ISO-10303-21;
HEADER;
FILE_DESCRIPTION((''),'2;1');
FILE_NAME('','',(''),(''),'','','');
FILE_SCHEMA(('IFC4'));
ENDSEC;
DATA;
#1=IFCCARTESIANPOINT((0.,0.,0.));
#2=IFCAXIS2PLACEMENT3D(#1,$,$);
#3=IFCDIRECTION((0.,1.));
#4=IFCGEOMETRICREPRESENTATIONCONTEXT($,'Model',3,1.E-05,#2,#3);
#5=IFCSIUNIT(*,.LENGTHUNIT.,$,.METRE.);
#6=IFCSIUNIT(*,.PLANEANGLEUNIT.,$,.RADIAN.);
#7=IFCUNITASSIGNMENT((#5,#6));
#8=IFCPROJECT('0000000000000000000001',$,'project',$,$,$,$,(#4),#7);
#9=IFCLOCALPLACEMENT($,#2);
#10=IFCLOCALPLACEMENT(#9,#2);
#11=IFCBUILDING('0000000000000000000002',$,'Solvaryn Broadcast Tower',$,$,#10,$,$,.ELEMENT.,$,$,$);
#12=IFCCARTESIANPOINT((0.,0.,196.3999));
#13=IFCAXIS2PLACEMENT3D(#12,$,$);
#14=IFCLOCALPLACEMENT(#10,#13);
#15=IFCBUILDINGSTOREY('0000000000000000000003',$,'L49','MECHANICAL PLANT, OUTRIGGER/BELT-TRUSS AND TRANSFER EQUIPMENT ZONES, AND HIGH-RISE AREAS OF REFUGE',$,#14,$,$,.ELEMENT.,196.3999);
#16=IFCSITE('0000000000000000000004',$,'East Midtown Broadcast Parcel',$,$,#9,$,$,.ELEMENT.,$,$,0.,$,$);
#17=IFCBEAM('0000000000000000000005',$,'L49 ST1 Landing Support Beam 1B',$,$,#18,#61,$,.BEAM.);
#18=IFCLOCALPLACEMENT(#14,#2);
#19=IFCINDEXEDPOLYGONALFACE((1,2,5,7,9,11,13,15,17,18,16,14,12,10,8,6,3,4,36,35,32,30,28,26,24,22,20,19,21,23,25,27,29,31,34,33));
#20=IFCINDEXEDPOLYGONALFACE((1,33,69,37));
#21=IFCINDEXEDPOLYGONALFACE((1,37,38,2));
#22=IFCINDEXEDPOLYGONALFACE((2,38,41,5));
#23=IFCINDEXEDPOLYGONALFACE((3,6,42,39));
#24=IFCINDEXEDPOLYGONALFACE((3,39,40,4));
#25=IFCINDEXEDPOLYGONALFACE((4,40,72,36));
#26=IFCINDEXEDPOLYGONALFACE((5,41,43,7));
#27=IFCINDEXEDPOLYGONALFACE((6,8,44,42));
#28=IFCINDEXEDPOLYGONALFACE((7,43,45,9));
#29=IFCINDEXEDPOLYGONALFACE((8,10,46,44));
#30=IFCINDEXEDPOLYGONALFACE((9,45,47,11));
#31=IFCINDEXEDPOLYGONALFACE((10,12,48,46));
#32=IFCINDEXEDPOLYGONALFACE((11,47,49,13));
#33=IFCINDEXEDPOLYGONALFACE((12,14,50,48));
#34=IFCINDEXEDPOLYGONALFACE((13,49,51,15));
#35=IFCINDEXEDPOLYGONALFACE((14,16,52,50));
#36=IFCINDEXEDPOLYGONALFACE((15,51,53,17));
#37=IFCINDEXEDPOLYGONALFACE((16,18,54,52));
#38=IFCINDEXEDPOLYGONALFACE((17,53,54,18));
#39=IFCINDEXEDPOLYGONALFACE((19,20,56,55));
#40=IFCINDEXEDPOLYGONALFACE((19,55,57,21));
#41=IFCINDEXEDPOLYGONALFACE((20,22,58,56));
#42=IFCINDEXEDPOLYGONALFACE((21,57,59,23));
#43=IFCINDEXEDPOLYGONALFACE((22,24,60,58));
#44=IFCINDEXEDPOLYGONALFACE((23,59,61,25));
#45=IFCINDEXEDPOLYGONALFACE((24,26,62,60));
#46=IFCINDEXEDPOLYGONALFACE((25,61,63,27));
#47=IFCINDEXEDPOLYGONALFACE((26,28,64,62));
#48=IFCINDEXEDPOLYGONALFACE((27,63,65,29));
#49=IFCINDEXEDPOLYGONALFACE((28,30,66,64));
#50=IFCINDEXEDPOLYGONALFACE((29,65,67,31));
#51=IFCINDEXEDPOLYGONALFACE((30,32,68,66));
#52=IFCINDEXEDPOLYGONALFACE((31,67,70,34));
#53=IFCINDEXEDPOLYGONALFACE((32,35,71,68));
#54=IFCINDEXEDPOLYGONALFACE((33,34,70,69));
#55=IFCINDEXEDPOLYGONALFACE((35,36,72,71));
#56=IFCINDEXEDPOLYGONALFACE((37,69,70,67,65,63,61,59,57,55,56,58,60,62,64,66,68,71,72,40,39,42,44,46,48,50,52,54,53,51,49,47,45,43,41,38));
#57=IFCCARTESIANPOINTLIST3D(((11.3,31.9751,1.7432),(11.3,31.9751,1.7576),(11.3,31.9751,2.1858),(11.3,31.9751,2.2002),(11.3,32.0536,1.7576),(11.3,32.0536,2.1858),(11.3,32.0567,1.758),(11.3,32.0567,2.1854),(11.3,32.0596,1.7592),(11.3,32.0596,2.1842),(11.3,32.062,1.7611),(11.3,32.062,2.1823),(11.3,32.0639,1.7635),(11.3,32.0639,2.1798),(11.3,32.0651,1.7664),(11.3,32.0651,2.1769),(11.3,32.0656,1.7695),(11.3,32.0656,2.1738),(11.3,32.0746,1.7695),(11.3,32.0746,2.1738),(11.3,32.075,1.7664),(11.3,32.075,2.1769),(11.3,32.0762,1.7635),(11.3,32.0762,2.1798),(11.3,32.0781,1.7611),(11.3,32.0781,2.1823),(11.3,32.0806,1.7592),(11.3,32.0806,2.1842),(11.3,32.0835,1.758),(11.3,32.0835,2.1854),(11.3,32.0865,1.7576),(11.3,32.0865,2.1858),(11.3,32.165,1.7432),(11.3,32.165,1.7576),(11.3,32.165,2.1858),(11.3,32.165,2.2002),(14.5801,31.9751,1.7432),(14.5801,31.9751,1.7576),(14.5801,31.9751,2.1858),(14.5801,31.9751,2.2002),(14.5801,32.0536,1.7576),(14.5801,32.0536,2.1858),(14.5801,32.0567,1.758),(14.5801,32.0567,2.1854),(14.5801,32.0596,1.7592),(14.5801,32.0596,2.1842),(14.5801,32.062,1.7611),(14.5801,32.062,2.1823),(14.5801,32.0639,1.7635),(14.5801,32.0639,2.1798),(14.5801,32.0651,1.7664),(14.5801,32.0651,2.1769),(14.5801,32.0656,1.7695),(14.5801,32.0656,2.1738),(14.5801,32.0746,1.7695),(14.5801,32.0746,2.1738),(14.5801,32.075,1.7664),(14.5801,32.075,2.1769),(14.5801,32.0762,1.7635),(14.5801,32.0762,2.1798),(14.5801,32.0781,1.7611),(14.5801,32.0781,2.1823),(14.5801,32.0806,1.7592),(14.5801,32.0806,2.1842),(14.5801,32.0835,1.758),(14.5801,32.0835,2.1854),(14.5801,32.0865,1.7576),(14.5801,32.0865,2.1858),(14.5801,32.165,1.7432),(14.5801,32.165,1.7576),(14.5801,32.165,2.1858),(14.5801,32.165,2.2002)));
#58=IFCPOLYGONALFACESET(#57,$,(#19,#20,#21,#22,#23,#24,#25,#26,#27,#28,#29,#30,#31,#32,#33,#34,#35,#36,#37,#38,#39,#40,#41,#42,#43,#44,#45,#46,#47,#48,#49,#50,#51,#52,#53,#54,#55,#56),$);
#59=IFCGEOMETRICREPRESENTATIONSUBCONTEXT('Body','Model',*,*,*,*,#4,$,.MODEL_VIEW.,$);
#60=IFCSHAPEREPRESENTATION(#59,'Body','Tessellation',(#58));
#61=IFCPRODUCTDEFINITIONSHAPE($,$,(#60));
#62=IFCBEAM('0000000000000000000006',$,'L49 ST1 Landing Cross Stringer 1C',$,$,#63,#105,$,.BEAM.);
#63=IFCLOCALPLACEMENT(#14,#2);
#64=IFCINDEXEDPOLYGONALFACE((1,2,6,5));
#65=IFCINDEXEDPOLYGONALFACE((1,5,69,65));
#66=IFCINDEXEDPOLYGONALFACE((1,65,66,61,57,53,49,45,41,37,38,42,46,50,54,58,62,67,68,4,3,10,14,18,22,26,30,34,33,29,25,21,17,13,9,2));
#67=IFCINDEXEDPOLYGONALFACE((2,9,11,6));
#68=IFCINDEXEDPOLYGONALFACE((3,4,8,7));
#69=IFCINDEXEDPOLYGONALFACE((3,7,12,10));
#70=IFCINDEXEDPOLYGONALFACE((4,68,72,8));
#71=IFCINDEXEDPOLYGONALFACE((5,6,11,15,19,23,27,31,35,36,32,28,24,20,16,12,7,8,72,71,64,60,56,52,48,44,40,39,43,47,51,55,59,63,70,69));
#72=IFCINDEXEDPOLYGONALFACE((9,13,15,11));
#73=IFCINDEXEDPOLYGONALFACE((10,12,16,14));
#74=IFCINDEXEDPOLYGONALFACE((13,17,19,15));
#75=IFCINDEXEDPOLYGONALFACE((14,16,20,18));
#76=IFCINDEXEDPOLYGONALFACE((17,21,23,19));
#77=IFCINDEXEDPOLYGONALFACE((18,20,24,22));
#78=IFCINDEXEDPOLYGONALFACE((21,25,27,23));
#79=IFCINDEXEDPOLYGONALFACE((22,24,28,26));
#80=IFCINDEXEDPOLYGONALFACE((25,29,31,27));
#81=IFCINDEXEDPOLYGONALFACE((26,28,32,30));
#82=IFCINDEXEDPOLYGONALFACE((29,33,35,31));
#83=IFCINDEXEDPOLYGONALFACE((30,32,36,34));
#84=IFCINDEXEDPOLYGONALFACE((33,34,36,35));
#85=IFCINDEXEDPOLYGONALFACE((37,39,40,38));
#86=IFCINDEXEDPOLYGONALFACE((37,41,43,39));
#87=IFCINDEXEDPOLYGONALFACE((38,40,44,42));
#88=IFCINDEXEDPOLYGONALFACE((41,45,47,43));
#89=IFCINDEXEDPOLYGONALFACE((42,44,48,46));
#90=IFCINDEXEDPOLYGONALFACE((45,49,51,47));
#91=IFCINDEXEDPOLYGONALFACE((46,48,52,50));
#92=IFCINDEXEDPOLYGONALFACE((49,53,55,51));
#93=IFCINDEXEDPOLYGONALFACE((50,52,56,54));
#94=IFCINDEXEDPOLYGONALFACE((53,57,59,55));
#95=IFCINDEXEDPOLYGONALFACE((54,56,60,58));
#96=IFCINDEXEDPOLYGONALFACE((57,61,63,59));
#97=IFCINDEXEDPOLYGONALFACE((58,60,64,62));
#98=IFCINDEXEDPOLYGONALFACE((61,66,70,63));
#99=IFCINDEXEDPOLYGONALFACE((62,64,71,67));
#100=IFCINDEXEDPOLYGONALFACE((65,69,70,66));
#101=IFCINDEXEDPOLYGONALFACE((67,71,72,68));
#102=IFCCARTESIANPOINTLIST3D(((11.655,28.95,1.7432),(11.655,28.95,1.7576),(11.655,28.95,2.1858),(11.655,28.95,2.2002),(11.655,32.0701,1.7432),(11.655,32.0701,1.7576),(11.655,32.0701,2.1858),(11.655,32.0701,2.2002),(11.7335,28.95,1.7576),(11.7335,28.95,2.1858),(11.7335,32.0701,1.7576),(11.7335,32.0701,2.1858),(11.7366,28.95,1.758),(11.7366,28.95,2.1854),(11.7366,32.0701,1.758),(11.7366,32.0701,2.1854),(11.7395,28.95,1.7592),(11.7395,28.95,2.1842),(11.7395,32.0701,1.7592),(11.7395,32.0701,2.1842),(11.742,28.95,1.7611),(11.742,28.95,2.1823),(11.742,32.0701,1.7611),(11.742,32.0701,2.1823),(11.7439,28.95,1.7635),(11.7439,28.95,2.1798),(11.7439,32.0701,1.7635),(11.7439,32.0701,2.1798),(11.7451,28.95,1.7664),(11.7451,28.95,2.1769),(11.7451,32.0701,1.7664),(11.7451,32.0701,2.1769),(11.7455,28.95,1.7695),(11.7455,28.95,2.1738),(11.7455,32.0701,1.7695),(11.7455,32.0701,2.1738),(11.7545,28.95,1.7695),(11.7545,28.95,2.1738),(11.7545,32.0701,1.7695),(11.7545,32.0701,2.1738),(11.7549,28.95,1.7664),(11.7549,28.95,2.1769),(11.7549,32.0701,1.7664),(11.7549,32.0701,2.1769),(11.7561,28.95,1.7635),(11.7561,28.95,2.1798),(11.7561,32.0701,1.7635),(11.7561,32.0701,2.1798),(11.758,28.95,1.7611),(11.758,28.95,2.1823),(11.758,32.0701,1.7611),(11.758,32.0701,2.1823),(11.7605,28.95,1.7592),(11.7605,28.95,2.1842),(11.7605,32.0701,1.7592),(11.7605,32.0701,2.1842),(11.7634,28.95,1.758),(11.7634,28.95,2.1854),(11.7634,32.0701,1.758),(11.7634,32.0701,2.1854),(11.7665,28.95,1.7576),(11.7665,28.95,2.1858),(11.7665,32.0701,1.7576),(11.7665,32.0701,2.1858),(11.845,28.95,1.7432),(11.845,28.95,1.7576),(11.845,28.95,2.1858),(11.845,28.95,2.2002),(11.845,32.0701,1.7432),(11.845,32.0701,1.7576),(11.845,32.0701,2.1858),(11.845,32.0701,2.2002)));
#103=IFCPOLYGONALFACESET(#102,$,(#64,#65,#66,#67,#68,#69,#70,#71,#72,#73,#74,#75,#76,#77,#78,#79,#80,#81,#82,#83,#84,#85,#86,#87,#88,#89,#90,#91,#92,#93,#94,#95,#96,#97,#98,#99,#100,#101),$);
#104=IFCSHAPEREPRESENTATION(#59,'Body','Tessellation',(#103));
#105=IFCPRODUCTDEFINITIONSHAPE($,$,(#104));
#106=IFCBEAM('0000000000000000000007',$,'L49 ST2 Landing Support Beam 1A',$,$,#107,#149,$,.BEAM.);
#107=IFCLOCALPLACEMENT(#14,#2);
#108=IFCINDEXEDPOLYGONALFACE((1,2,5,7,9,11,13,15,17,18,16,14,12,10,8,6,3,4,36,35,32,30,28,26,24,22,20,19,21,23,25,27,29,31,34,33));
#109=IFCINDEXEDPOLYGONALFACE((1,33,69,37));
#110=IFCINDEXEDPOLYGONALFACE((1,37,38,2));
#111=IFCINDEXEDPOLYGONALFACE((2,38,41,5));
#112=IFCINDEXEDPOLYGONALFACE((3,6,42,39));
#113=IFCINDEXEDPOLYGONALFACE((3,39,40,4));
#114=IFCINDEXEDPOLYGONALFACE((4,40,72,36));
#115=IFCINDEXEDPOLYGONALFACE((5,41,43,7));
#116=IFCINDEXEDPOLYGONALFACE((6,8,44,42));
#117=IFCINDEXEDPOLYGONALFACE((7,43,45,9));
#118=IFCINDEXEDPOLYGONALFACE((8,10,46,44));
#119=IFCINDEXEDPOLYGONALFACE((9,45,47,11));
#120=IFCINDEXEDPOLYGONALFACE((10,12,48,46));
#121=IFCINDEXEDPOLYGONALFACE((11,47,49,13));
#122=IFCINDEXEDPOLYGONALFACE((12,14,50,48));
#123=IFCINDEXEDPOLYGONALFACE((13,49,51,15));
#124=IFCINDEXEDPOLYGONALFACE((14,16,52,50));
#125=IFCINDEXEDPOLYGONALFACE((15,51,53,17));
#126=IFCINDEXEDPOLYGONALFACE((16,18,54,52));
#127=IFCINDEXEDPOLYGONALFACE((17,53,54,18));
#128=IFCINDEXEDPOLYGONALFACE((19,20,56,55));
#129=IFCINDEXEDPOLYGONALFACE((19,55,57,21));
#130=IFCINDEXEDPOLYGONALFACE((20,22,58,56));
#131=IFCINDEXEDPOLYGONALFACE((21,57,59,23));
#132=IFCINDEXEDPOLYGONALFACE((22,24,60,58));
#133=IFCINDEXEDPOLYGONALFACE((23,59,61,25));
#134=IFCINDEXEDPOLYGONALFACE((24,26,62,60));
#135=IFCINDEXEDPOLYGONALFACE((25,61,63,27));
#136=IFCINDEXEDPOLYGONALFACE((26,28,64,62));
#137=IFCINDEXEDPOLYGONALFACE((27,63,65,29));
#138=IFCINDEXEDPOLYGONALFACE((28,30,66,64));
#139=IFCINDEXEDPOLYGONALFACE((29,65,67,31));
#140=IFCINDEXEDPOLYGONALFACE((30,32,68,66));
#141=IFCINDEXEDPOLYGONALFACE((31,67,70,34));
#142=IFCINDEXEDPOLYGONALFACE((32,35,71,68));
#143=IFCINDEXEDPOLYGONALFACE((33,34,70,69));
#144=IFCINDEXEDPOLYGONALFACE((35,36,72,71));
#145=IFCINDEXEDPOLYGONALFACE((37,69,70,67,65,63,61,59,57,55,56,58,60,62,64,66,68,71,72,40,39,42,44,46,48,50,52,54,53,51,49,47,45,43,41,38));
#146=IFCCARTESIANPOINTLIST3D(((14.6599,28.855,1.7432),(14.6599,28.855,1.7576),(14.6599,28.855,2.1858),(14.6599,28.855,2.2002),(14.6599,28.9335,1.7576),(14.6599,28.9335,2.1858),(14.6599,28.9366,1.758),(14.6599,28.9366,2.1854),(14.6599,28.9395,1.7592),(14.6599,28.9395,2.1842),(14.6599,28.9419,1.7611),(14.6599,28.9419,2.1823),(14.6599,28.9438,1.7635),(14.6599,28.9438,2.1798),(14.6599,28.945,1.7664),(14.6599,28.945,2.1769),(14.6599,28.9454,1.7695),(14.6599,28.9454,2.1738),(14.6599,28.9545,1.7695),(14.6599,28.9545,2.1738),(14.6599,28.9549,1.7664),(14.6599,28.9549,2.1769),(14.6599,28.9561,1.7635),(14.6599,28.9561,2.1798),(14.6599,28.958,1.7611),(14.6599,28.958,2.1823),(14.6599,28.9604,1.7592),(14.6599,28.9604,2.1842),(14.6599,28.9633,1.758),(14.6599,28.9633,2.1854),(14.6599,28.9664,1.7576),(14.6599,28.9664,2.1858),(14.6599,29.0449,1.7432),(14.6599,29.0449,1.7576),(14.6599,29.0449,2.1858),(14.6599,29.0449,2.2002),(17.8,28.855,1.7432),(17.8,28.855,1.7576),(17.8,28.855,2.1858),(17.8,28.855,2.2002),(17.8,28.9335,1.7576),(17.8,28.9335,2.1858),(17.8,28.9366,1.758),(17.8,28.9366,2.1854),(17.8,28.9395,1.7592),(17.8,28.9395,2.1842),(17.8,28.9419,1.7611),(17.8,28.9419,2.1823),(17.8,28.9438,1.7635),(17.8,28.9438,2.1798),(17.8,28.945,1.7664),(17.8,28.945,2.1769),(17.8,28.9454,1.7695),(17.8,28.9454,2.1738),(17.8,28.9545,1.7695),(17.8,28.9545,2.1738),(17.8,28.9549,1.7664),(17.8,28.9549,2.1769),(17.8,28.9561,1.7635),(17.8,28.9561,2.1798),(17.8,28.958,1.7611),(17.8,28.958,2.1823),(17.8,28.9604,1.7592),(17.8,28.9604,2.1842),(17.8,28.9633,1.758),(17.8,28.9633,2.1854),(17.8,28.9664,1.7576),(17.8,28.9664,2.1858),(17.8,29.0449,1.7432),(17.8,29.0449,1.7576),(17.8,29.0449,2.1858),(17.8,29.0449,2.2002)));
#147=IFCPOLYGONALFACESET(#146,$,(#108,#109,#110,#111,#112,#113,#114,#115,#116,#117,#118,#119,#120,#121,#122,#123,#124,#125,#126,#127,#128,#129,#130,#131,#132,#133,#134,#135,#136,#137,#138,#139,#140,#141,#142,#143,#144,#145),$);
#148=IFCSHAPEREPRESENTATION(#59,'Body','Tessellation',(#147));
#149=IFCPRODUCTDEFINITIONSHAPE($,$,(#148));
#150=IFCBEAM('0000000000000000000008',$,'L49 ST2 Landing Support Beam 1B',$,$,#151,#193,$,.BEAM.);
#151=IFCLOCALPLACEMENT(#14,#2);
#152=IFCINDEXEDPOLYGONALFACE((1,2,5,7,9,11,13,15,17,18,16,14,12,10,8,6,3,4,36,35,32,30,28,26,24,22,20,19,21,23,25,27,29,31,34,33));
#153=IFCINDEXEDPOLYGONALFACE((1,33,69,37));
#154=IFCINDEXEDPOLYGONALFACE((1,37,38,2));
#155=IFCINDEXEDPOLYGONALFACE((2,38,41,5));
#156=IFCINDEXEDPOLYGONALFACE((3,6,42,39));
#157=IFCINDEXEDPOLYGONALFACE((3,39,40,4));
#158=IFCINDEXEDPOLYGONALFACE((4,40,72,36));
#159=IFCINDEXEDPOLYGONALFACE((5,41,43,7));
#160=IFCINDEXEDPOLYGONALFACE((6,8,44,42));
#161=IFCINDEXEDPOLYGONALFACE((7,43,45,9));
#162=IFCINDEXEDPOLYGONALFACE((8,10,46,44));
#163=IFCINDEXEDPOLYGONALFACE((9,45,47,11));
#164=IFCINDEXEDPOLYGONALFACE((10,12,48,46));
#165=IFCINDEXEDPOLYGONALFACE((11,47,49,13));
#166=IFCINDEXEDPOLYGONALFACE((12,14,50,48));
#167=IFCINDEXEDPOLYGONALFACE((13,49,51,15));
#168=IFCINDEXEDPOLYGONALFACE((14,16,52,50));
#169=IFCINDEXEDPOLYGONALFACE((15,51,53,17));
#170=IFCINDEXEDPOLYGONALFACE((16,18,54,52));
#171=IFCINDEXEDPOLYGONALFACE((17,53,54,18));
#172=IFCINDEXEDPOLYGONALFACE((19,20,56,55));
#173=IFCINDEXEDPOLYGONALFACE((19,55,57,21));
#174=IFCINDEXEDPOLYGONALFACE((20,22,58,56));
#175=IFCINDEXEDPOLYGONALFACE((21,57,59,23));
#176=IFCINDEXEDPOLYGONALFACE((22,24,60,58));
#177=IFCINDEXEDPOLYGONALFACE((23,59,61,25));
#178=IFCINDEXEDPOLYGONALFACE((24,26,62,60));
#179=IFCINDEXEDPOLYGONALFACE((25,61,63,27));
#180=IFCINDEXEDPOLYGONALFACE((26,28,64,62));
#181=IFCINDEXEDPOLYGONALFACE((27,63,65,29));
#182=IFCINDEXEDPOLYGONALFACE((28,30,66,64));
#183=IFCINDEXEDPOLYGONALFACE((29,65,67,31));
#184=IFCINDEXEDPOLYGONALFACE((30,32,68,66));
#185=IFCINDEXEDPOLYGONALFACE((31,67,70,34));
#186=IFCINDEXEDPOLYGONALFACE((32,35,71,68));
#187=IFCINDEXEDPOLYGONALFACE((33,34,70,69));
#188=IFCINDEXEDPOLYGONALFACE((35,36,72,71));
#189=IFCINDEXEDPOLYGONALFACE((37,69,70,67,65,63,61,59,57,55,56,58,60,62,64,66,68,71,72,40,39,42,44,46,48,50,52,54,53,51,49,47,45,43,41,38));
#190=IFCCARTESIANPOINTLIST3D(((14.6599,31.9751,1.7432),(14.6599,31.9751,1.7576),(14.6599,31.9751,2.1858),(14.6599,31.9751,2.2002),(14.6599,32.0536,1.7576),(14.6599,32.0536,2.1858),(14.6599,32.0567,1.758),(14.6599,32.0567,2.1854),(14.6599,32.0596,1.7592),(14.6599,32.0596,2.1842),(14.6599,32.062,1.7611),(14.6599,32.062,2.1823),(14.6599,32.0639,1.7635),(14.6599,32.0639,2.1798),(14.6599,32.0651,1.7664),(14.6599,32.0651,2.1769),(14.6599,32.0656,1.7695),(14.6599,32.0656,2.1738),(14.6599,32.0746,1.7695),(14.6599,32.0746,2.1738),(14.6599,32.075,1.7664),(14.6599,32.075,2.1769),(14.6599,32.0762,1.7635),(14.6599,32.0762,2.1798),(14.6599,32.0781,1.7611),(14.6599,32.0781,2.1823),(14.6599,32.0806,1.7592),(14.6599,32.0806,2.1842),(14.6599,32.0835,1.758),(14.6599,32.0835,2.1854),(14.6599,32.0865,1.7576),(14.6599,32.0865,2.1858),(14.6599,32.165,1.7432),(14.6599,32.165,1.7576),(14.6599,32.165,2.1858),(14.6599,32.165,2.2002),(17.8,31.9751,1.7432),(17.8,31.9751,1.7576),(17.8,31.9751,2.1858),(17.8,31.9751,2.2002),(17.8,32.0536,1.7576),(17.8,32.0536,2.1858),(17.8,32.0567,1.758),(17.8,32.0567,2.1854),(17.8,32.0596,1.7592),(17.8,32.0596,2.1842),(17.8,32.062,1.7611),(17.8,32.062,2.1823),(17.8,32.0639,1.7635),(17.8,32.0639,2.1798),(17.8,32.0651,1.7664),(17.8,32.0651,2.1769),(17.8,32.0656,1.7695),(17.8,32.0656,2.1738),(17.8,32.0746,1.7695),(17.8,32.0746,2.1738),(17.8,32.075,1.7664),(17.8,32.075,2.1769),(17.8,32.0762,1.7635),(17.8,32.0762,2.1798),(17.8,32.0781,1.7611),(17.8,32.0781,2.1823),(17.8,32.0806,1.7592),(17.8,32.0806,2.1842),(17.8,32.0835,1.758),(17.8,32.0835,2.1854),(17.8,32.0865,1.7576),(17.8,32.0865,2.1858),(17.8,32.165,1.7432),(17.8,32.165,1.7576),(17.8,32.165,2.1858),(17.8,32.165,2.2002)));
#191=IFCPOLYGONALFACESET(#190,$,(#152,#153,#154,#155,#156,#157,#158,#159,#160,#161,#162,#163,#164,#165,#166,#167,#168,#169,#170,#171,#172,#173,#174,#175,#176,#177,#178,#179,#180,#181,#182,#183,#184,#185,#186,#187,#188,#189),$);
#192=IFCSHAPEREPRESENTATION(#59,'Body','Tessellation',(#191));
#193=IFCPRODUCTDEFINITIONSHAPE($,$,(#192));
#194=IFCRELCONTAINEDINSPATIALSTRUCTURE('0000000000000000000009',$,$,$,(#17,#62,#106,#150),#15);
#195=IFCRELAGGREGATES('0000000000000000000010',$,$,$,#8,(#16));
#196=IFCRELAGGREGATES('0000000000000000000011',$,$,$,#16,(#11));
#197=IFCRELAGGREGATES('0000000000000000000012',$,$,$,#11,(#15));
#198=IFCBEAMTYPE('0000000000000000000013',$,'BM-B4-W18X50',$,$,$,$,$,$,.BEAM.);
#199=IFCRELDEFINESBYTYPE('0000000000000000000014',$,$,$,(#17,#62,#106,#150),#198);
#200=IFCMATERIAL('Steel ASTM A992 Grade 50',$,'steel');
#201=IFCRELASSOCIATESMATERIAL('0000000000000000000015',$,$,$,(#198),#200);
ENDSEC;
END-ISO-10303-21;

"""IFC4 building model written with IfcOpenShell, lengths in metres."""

from ifc_helpers import new_model, si_unit, direction, frame, origin, origin_2d, place, context, subcontext, project, spatial, i_section, extrude, material, material_profile, profile_set, type_object, element, save


model = new_model("IFC4")

# Units and contexts
model_context = context("Model", 3, precision=1e-05, world=origin(), true_north=direction((0.0, 1.0)))
body_context = subcontext(model_context, "Body", "Model", "MODEL_VIEW")
ifc_project = project(units=[si_unit("LENGTHUNIT", "METRE"), si_unit("PLANEANGLEUNIT", "RADIAN")], contexts=[model_context])

# Site, building, storey
site_placement = place(None, origin())
site = spatial("IfcSite", under=ifc_project, at=site_placement, Name="East Midtown Broadcast Parcel", CompositionType="ELEMENT", RefElevation=0.0)
building_placement = place(site_placement, origin())
building = spatial("IfcBuilding", under=site, at=building_placement, Name="Solvaryn Broadcast Tower", CompositionType="ELEMENT")
storey_placement = place(building_placement, frame((0.0, 0.0, 196.3999)))
storey = spatial("IfcBuildingStorey", under=building, at=storey_placement, Name="L49", Description="MECHANICAL PLANT, OUTRIGGER/BELT-TRUSS AND TRANSFER EQUIPMENT ZONES, AND HIGH-RISE AREAS OF REFUGE", CompositionType="ELEMENT", Elevation=196.3999)

# Beams
ifc_material_1 = material(Name="Steel ASTM A992 Grade 50", Category="steel")
ifc_material_profile_1 = material_profile(ifc_material_1, i_section(OverallWidth=0.1899, OverallDepth=0.457, WebThickness=0.009, FlangeThickness=0.0144, FilletRadius=0.012, at=origin_2d()))
ifc_profile_set_1 = profile_set([ifc_material_profile_1], Name="Steel ASTM A992 Grade 50")
beam_type_1 = type_object("IfcBeamType", Name="BM-B4-W18X50", PredefinedType="BEAM", material=ifc_profile_set_1)
for number, where, z_axis, x_axis, name in (
    (1, (11.3, 32.0701, 1.9717), (1.0, 0.0, 0.0), (0.0, 1.0, 0.0), "L49 ST1 Landing Support Beam 1B"),
):
    element("IfcBeam", number, at=place(storey_placement, frame(where, z_axis=z_axis, x_axis=x_axis)), inside=storey, type_object=beam_type_1, Name=name, PredefinedType="BEAM", context=body_context, shape_type="SweptSolid", body=[
        extrude(i_section(OverallWidth=0.1899, OverallDepth=0.457, WebThickness=0.009, FlangeThickness=0.0144, FilletRadius=0.012, at=origin_2d()), origin(), (0.0, 0.0, 1.0), 3.28),
    ])
beam_1_placement = place(storey_placement, frame((11.75, 28.95, 1.9717), z_axis=(0.0, 1.0, 0.0), x_axis=(-1.0, 0.0, 0.0)))
element("IfcBeam", 2, at=beam_1_placement, inside=storey, type_object=beam_type_1, Name="L49 ST1 Landing Cross Stringer 1C", PredefinedType="BEAM", context=body_context, shape_type="SweptSolid", body=[
    extrude(i_section(OverallWidth=0.1899, OverallDepth=0.457, WebThickness=0.009, FlangeThickness=0.0144, FilletRadius=0.012, at=origin_2d()), origin(), (0.0, 0.0, 1.0), 3.1201),
])
for number, where, z_axis, x_axis, name in (
    (3, (14.6599, 28.95, 1.9717), (1.0, 0.0, 0.0), (0.0, 1.0, 0.0), "L49 ST2 Landing Support Beam 1A"),
    (4, (14.6599, 32.0701, 1.9717), (1.0, 0.0, 0.0), (0.0, 1.0, 0.0), "L49 ST2 Landing Support Beam 1B"),
):
    element("IfcBeam", number, at=place(storey_placement, frame(where, z_axis=z_axis, x_axis=x_axis)), inside=storey, type_object=beam_type_1, Name=name, PredefinedType="BEAM", context=body_context, shape_type="SweptSolid", body=[
        extrude(i_section(OverallWidth=0.1899, OverallDepth=0.457, WebThickness=0.009, FlangeThickness=0.0144, FilletRadius=0.012, at=origin_2d()), origin(), (0.0, 0.0, 1.0), 3.1401),
    ])

save(model, "model.ifc")
